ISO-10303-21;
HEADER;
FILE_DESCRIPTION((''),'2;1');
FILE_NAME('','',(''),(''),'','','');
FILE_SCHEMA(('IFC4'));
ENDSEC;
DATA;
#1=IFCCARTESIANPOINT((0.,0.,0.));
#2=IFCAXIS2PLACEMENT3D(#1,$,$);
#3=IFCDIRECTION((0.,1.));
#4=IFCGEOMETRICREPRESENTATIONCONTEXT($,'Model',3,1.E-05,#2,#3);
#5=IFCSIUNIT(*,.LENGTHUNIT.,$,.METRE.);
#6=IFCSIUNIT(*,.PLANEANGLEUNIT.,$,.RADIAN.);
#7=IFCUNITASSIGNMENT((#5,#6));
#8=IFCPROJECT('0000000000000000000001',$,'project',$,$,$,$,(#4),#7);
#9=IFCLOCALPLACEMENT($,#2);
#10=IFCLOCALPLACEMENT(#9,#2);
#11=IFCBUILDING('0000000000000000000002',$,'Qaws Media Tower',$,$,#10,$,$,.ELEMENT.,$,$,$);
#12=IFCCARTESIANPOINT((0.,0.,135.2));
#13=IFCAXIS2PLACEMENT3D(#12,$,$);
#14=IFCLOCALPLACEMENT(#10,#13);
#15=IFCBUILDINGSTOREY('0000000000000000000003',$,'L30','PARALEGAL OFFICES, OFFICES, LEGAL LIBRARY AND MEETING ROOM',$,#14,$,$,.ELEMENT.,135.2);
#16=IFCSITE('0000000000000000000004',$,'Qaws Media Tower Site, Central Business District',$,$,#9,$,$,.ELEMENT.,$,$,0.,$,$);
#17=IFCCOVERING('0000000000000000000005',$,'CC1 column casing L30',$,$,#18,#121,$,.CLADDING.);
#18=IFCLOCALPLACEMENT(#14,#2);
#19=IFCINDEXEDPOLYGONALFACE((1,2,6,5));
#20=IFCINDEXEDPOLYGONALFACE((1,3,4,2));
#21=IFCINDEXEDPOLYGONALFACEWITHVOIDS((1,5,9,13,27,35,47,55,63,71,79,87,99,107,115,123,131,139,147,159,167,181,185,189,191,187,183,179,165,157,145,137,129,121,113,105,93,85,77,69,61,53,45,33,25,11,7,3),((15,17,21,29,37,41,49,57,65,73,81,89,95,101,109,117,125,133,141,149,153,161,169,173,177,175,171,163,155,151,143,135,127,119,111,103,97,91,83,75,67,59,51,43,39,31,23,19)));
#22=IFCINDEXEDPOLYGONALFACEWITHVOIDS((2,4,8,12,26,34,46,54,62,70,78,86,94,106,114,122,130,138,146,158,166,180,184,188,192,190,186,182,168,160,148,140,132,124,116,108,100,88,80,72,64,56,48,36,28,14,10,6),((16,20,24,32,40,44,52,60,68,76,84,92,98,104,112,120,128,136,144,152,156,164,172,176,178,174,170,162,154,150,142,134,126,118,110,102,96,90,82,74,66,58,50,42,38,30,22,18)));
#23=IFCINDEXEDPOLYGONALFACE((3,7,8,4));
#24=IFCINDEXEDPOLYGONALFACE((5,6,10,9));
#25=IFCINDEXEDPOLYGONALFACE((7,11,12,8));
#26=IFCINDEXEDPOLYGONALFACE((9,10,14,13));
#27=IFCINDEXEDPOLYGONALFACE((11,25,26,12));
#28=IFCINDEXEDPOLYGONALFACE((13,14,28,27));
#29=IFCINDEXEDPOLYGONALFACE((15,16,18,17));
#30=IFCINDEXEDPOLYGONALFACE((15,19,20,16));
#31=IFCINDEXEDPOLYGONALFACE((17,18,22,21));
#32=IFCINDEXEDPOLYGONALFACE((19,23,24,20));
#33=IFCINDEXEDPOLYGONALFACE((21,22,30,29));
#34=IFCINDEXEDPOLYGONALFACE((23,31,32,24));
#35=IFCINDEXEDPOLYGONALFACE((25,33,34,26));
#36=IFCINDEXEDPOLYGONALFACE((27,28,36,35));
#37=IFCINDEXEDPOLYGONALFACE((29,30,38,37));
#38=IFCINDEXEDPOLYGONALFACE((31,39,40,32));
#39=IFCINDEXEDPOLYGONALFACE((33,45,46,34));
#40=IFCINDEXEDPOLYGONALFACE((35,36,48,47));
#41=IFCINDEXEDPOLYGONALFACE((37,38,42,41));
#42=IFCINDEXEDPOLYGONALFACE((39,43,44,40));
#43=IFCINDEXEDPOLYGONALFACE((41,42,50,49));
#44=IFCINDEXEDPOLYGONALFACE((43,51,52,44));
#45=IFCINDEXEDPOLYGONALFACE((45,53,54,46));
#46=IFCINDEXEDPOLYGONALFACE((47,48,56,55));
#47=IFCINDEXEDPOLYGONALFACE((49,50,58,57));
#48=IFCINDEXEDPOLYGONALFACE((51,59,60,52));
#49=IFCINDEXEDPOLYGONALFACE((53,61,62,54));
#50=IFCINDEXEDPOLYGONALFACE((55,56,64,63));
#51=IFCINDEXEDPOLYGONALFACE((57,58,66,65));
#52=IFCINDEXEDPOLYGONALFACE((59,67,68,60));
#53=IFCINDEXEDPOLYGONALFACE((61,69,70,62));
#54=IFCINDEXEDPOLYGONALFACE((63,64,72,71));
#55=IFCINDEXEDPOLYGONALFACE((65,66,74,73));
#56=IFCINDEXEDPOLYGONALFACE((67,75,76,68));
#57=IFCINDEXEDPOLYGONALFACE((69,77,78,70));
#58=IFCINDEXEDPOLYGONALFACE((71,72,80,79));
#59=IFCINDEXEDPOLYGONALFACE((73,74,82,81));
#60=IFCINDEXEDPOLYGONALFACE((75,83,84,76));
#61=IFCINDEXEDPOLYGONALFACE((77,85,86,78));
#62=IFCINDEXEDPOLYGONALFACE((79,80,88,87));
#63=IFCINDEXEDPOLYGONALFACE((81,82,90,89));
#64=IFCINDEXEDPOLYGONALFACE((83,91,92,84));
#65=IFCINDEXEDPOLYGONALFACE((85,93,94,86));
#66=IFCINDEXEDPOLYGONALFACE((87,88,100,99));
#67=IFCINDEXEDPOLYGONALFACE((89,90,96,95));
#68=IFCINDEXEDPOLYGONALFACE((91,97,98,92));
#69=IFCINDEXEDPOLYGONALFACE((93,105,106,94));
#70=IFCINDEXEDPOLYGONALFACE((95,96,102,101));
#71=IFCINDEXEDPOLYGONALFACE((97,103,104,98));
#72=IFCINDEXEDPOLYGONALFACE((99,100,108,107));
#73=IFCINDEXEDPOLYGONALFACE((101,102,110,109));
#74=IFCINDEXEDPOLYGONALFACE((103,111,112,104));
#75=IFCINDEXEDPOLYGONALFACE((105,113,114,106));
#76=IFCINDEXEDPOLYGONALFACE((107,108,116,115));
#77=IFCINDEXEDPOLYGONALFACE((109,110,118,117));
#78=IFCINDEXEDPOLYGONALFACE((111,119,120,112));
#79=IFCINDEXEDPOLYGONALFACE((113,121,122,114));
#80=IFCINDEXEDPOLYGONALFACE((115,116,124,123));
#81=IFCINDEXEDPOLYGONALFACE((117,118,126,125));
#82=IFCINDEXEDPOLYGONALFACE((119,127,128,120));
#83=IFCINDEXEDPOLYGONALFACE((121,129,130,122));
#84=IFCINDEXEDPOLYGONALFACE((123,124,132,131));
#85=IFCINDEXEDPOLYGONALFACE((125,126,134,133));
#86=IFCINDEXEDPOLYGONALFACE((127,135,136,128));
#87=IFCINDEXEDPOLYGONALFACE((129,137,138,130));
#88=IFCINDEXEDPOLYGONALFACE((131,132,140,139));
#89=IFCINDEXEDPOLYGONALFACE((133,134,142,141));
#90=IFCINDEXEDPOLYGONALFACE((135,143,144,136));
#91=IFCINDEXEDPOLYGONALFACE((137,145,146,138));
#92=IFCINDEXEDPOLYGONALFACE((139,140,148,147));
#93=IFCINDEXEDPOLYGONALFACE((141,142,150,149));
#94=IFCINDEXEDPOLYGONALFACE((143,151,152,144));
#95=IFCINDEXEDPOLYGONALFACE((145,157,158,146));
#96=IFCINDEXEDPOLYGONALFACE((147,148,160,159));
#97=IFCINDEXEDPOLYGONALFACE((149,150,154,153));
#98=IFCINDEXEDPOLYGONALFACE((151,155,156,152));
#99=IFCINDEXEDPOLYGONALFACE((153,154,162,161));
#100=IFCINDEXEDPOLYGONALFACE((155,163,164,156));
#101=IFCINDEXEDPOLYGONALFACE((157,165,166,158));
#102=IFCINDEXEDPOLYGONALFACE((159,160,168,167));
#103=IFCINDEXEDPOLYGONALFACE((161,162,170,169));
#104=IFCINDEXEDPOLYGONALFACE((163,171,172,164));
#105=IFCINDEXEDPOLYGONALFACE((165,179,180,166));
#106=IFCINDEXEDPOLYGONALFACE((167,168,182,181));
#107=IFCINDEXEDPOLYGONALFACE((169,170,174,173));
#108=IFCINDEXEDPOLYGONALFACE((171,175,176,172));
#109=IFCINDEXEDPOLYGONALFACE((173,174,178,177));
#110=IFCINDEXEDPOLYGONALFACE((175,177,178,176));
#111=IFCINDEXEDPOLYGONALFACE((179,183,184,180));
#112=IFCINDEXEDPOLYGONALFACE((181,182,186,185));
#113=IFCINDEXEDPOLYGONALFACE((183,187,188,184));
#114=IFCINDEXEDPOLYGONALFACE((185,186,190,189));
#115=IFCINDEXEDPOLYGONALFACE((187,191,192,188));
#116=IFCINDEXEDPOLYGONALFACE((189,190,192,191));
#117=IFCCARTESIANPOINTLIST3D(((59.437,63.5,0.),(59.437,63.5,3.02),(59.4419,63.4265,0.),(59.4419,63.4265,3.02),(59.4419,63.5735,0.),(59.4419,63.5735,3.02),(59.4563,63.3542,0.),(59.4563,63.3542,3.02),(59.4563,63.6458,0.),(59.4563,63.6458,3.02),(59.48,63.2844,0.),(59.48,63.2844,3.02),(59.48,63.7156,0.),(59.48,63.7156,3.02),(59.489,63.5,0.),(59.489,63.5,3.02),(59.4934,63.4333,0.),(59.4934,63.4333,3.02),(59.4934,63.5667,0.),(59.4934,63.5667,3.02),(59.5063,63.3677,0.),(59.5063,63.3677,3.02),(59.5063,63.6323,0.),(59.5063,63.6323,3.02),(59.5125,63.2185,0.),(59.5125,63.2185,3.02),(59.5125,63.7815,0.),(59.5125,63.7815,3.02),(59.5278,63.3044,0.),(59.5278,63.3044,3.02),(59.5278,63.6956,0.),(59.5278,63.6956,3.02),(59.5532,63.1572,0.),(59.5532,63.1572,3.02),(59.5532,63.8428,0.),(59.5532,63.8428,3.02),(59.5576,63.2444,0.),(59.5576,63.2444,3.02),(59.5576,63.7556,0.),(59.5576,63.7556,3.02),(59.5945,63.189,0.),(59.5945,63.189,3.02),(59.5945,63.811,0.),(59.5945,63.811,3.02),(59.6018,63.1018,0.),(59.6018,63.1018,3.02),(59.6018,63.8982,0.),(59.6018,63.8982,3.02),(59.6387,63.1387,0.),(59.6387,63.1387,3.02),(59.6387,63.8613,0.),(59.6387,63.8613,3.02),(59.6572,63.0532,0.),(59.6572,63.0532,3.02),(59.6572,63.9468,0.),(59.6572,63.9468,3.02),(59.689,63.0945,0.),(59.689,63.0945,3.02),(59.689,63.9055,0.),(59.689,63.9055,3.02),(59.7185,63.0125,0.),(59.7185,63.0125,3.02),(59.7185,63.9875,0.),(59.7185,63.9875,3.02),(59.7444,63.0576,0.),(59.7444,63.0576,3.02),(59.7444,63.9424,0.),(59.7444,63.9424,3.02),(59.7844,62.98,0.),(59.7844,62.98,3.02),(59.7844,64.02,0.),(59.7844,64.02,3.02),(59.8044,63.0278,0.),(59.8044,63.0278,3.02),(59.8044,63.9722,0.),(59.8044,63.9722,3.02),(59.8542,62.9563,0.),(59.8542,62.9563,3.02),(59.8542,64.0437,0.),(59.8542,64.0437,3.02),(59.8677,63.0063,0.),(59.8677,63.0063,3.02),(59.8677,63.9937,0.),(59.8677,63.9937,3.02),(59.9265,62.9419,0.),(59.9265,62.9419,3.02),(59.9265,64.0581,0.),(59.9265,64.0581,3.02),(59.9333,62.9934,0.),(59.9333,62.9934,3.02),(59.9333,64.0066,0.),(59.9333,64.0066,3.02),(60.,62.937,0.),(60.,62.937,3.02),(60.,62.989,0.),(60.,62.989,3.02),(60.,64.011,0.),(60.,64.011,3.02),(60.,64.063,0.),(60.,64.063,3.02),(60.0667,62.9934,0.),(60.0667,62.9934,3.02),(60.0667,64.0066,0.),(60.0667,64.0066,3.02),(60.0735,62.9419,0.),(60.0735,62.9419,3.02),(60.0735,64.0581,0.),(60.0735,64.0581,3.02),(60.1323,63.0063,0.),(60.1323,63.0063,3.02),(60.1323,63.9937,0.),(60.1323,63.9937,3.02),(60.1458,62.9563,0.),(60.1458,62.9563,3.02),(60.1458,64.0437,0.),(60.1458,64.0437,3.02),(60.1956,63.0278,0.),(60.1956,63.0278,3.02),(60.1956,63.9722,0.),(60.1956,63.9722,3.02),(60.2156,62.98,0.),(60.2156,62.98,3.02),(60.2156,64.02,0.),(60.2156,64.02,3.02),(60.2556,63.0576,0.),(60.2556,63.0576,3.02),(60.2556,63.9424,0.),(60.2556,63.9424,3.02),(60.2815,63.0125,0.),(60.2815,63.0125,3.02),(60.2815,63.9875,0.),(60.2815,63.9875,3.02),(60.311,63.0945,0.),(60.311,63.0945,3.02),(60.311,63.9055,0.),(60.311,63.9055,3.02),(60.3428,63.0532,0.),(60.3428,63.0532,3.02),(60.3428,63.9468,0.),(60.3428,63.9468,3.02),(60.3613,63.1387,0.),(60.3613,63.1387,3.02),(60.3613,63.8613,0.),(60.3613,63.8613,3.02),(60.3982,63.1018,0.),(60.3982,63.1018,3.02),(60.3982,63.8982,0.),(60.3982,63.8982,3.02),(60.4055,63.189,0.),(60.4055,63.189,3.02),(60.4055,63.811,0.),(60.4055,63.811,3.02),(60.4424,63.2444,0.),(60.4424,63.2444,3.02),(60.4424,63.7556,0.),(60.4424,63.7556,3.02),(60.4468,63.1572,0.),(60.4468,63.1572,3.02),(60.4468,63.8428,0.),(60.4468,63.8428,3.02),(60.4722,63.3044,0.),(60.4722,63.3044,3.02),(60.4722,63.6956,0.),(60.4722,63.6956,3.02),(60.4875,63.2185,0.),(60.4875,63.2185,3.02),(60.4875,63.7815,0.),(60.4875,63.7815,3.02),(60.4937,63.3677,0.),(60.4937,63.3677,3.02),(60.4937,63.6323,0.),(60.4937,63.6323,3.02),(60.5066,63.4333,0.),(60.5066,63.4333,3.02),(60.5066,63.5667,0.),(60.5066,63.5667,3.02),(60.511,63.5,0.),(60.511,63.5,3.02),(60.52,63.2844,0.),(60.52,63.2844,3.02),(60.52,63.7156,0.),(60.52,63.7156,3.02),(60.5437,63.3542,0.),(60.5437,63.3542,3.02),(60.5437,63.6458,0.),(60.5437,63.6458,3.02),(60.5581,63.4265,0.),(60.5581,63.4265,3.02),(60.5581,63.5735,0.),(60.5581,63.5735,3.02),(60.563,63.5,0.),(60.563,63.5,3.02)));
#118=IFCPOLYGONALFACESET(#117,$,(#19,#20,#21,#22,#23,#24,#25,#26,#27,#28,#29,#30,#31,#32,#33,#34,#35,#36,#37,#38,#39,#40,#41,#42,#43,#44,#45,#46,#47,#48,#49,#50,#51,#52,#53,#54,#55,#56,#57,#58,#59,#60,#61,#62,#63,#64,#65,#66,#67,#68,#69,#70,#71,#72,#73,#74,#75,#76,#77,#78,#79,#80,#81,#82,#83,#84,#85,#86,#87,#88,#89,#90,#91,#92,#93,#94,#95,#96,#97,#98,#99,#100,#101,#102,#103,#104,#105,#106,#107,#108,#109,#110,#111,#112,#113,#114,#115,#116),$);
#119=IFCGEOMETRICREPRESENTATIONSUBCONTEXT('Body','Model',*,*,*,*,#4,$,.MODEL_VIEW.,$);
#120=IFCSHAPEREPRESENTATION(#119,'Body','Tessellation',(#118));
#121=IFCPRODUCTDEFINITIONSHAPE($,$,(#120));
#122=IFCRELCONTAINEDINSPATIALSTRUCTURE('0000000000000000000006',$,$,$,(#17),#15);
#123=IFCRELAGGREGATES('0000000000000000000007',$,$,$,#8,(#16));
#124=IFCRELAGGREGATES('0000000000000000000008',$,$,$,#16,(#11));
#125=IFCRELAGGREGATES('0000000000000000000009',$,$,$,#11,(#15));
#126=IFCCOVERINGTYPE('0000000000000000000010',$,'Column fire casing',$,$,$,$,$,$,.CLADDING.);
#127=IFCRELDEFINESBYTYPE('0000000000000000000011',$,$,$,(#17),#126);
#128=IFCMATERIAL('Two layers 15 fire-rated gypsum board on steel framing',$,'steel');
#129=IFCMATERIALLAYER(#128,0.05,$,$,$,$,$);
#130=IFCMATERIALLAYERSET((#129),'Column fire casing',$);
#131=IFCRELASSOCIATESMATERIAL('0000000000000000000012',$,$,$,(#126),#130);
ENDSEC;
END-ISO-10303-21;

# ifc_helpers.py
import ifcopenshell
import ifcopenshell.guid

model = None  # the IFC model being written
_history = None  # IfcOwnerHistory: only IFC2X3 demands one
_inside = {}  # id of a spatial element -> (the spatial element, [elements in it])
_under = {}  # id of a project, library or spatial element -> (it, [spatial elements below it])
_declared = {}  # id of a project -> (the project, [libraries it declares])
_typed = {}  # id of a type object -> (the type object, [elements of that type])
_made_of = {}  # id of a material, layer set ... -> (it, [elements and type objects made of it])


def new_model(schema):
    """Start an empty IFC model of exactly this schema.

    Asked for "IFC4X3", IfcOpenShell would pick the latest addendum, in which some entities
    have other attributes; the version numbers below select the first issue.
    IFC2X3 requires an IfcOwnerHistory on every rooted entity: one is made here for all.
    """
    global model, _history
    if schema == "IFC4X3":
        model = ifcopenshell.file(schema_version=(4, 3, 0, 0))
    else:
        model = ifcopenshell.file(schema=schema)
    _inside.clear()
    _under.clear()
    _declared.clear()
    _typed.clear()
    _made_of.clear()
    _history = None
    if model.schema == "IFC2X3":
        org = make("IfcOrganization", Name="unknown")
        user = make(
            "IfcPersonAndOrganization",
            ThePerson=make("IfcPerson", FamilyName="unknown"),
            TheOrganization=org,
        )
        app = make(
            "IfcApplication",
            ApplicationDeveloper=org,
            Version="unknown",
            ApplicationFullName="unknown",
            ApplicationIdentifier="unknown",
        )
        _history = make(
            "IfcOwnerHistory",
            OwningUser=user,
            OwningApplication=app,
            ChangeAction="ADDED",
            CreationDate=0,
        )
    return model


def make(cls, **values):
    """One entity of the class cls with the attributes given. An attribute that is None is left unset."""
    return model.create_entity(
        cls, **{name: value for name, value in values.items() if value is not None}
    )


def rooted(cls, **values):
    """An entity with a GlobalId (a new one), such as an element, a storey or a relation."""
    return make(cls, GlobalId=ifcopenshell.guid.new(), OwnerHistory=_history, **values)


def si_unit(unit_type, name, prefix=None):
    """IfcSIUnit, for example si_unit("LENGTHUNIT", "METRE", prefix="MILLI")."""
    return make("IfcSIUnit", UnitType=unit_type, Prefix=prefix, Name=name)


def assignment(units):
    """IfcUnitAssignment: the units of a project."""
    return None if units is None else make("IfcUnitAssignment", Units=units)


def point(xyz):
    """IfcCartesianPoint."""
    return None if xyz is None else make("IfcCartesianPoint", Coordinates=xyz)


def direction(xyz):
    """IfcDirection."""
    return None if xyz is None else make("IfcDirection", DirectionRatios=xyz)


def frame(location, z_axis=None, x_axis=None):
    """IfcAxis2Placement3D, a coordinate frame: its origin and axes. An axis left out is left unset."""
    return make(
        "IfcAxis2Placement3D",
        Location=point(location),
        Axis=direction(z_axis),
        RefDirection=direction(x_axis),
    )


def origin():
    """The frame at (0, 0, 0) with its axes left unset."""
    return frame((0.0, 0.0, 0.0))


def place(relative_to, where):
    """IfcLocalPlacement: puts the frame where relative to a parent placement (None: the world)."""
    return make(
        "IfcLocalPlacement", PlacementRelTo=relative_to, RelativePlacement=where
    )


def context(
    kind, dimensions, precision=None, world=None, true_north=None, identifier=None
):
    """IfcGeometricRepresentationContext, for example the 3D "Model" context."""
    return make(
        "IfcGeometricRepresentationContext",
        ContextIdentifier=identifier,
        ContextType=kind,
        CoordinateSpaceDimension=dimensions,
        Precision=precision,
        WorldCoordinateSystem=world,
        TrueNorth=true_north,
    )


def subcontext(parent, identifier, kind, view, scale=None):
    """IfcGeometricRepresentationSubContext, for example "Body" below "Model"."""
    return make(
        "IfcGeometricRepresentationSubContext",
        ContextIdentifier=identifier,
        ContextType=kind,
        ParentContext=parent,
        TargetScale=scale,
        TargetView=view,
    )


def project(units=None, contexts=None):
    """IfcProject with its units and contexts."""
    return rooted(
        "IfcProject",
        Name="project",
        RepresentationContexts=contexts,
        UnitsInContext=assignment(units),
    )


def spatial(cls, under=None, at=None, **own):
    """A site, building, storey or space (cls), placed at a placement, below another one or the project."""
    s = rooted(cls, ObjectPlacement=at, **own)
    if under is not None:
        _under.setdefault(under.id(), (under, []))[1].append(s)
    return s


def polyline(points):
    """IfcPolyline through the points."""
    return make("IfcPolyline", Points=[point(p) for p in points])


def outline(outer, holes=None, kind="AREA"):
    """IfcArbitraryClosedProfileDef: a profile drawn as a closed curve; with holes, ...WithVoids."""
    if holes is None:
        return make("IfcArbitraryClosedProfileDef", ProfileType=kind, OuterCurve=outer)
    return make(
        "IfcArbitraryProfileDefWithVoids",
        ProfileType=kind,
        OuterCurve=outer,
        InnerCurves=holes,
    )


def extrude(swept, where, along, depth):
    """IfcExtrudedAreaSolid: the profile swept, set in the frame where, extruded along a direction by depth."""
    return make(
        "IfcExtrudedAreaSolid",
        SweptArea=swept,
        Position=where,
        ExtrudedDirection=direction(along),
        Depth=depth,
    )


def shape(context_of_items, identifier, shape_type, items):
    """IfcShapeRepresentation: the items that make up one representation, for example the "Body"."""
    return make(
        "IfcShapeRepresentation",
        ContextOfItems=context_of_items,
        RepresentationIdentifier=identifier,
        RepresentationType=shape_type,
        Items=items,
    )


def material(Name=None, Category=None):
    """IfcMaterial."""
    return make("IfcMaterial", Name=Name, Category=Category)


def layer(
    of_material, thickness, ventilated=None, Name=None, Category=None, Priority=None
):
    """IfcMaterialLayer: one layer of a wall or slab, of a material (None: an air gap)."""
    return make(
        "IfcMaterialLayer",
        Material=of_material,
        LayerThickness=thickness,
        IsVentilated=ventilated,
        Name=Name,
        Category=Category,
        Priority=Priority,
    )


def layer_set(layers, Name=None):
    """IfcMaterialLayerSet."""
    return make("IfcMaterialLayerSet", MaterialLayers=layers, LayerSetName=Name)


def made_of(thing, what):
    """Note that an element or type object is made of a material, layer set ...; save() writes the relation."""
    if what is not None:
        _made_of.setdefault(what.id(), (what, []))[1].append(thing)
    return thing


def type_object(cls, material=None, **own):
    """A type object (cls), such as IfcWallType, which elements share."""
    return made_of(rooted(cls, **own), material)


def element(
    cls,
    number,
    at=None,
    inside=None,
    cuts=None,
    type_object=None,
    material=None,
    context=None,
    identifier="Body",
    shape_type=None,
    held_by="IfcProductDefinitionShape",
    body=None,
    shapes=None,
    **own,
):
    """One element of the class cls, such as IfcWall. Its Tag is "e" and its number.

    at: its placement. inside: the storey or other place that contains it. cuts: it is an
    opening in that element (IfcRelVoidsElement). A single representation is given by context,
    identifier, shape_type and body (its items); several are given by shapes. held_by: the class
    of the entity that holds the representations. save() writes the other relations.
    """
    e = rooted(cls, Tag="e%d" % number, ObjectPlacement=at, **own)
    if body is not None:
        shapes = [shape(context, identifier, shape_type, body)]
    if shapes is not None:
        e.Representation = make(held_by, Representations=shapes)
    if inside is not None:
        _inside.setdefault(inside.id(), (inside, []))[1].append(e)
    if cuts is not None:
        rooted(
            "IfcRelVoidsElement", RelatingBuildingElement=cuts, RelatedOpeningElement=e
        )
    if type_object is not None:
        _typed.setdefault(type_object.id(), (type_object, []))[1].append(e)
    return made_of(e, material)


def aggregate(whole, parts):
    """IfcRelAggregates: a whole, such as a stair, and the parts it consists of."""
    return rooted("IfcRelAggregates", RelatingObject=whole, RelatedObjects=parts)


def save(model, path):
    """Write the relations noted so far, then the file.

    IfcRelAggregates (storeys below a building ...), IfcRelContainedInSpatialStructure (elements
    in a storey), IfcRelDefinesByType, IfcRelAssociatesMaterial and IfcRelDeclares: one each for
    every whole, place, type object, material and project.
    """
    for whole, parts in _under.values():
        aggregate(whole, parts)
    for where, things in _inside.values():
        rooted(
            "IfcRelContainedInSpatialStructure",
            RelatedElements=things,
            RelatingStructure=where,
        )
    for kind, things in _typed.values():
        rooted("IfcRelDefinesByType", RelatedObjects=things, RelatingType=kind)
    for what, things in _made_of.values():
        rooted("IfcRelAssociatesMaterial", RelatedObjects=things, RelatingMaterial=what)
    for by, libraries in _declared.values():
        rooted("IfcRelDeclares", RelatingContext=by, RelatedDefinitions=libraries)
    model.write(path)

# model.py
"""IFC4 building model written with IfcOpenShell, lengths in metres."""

from ifc_helpers import new_model, si_unit, direction, frame, origin, place, context, subcontext, project, spatial, polyline, outline, extrude, material, layer, layer_set, type_object, element, save


model = new_model("IFC4")

# Units and contexts
model_context = context("Model", 3, precision=1e-05, world=origin(), true_north=direction((0.0, 1.0)))
body_context = subcontext(model_context, "Body", "Model", "MODEL_VIEW")
ifc_project = project(units=[si_unit("LENGTHUNIT", "METRE"), si_unit("PLANEANGLEUNIT", "RADIAN")], contexts=[model_context])

# Site, building, storey
site_placement = place(None, origin())
site = spatial("IfcSite", under=ifc_project, at=site_placement, Name="Qaws Media Tower Site, Central Business District", CompositionType="ELEMENT", RefElevation=0.0)
building_placement = place(site_placement, origin())
building = spatial("IfcBuilding", under=site, at=building_placement, Name="Qaws Media Tower", CompositionType="ELEMENT")
storey_placement = place(building_placement, frame((0.0, 0.0, 135.2)))
storey = spatial("IfcBuildingStorey", under=building, at=storey_placement, Name="L30", Description="PARALEGAL OFFICES, OFFICES, LEGAL LIBRARY AND MEETING ROOM", CompositionType="ELEMENT", Elevation=135.2)

# Covering
ifc_material_1 = material(Name="Two layers 15 fire-rated gypsum board on steel framing", Category="steel")
ifc_layer_1 = layer(ifc_material_1, 0.05)
ifc_layer_set_1 = layer_set([ifc_layer_1], Name="Column fire casing")
covering_type_1 = type_object("IfcCoveringType", Name="Column fire casing", PredefinedType="CLADDING", material=ifc_layer_set_1)
covering_1_placement = place(storey_placement, origin())
element("IfcCovering", 1, at=covering_1_placement, inside=storey, type_object=covering_type_1, Name="CC1 column casing L30", PredefinedType="CLADDING", context=body_context, shape_type="SweptSolid", body=[
    extrude(outline(polyline([(60.563, 63.5), (60.5581, 63.4265), (60.5437, 63.3542), (60.52, 63.2844), (60.4875, 63.2185), (60.4468, 63.1572), (60.3982, 63.1018), (60.3428, 63.0532), (60.2815, 63.0125), (60.2156, 62.98), (60.1458, 62.9563), (60.0735, 62.9419), (60.0, 62.937), (59.9265, 62.9419), (59.8542, 62.9563), (59.7844, 62.98), (59.7185, 63.0125), (59.6572, 63.0532), (59.6018, 63.1018), (59.5532, 63.1572), (59.5125, 63.2185), (59.48, 63.2844), (59.4563, 63.3542), (59.4419, 63.4265), (59.437, 63.5), (59.4419, 63.5735), (59.4563, 63.6458), (59.48, 63.7156), (59.5125, 63.7815), (59.5532, 63.8428), (59.6018, 63.8982), (59.6572, 63.9468), (59.7185, 63.9875), (59.7844, 64.02), (59.8542, 64.0437), (59.9265, 64.0581), (60.0, 64.063), (60.0735, 64.0581), (60.1458, 64.0437), (60.2156, 64.02), (60.2815, 63.9875), (60.3428, 63.9468), (60.3982, 63.8982), (60.4468, 63.8428), (60.4875, 63.7815), (60.52, 63.7156), (60.5437, 63.6458), (60.5581, 63.5735), (60.563, 63.5)]), holes=[polyline([(60.511, 63.5), (60.5066, 63.4333), (60.4937, 63.3677), (60.4722, 63.3044), (60.4424, 63.2444), (60.4055, 63.189), (60.3613, 63.1387), (60.311, 63.0945), (60.2556, 63.0576), (60.1956, 63.0278), (60.1323, 63.0063), (60.0667, 62.9934), (60.0, 62.989), (59.9333, 62.9934), (59.8677, 63.0063), (59.8044, 63.0278), (59.7444, 63.0576), (59.689, 63.0945), (59.6387, 63.1387), (59.5945, 63.189), (59.5576, 63.2444), (59.5278, 63.3044), (59.5063, 63.3677), (59.4934, 63.4333), (59.489, 63.5), (59.4934, 63.5667), (59.5063, 63.6323), (59.5278, 63.6956), (59.5576, 63.7556), (59.5945, 63.811), (59.6387, 63.8613), (59.689, 63.9055), (59.7444, 63.9424), (59.8044, 63.9722), (59.8677, 63.9937), (59.9333, 64.0066), (60.0, 64.011), (60.0667, 64.0066), (60.1323, 63.9937), (60.1956, 63.9722), (60.2556, 63.9424), (60.311, 63.9055), (60.3613, 63.8613), (60.4055, 63.811), (60.4424, 63.7556), (60.4722, 63.6956), (60.4937, 63.6323), (60.5066, 63.5667), (60.511, 63.5)])]), origin(), (0.0, 0.0, 1.0), 3.02),
])

save(model, "model.ifc")
